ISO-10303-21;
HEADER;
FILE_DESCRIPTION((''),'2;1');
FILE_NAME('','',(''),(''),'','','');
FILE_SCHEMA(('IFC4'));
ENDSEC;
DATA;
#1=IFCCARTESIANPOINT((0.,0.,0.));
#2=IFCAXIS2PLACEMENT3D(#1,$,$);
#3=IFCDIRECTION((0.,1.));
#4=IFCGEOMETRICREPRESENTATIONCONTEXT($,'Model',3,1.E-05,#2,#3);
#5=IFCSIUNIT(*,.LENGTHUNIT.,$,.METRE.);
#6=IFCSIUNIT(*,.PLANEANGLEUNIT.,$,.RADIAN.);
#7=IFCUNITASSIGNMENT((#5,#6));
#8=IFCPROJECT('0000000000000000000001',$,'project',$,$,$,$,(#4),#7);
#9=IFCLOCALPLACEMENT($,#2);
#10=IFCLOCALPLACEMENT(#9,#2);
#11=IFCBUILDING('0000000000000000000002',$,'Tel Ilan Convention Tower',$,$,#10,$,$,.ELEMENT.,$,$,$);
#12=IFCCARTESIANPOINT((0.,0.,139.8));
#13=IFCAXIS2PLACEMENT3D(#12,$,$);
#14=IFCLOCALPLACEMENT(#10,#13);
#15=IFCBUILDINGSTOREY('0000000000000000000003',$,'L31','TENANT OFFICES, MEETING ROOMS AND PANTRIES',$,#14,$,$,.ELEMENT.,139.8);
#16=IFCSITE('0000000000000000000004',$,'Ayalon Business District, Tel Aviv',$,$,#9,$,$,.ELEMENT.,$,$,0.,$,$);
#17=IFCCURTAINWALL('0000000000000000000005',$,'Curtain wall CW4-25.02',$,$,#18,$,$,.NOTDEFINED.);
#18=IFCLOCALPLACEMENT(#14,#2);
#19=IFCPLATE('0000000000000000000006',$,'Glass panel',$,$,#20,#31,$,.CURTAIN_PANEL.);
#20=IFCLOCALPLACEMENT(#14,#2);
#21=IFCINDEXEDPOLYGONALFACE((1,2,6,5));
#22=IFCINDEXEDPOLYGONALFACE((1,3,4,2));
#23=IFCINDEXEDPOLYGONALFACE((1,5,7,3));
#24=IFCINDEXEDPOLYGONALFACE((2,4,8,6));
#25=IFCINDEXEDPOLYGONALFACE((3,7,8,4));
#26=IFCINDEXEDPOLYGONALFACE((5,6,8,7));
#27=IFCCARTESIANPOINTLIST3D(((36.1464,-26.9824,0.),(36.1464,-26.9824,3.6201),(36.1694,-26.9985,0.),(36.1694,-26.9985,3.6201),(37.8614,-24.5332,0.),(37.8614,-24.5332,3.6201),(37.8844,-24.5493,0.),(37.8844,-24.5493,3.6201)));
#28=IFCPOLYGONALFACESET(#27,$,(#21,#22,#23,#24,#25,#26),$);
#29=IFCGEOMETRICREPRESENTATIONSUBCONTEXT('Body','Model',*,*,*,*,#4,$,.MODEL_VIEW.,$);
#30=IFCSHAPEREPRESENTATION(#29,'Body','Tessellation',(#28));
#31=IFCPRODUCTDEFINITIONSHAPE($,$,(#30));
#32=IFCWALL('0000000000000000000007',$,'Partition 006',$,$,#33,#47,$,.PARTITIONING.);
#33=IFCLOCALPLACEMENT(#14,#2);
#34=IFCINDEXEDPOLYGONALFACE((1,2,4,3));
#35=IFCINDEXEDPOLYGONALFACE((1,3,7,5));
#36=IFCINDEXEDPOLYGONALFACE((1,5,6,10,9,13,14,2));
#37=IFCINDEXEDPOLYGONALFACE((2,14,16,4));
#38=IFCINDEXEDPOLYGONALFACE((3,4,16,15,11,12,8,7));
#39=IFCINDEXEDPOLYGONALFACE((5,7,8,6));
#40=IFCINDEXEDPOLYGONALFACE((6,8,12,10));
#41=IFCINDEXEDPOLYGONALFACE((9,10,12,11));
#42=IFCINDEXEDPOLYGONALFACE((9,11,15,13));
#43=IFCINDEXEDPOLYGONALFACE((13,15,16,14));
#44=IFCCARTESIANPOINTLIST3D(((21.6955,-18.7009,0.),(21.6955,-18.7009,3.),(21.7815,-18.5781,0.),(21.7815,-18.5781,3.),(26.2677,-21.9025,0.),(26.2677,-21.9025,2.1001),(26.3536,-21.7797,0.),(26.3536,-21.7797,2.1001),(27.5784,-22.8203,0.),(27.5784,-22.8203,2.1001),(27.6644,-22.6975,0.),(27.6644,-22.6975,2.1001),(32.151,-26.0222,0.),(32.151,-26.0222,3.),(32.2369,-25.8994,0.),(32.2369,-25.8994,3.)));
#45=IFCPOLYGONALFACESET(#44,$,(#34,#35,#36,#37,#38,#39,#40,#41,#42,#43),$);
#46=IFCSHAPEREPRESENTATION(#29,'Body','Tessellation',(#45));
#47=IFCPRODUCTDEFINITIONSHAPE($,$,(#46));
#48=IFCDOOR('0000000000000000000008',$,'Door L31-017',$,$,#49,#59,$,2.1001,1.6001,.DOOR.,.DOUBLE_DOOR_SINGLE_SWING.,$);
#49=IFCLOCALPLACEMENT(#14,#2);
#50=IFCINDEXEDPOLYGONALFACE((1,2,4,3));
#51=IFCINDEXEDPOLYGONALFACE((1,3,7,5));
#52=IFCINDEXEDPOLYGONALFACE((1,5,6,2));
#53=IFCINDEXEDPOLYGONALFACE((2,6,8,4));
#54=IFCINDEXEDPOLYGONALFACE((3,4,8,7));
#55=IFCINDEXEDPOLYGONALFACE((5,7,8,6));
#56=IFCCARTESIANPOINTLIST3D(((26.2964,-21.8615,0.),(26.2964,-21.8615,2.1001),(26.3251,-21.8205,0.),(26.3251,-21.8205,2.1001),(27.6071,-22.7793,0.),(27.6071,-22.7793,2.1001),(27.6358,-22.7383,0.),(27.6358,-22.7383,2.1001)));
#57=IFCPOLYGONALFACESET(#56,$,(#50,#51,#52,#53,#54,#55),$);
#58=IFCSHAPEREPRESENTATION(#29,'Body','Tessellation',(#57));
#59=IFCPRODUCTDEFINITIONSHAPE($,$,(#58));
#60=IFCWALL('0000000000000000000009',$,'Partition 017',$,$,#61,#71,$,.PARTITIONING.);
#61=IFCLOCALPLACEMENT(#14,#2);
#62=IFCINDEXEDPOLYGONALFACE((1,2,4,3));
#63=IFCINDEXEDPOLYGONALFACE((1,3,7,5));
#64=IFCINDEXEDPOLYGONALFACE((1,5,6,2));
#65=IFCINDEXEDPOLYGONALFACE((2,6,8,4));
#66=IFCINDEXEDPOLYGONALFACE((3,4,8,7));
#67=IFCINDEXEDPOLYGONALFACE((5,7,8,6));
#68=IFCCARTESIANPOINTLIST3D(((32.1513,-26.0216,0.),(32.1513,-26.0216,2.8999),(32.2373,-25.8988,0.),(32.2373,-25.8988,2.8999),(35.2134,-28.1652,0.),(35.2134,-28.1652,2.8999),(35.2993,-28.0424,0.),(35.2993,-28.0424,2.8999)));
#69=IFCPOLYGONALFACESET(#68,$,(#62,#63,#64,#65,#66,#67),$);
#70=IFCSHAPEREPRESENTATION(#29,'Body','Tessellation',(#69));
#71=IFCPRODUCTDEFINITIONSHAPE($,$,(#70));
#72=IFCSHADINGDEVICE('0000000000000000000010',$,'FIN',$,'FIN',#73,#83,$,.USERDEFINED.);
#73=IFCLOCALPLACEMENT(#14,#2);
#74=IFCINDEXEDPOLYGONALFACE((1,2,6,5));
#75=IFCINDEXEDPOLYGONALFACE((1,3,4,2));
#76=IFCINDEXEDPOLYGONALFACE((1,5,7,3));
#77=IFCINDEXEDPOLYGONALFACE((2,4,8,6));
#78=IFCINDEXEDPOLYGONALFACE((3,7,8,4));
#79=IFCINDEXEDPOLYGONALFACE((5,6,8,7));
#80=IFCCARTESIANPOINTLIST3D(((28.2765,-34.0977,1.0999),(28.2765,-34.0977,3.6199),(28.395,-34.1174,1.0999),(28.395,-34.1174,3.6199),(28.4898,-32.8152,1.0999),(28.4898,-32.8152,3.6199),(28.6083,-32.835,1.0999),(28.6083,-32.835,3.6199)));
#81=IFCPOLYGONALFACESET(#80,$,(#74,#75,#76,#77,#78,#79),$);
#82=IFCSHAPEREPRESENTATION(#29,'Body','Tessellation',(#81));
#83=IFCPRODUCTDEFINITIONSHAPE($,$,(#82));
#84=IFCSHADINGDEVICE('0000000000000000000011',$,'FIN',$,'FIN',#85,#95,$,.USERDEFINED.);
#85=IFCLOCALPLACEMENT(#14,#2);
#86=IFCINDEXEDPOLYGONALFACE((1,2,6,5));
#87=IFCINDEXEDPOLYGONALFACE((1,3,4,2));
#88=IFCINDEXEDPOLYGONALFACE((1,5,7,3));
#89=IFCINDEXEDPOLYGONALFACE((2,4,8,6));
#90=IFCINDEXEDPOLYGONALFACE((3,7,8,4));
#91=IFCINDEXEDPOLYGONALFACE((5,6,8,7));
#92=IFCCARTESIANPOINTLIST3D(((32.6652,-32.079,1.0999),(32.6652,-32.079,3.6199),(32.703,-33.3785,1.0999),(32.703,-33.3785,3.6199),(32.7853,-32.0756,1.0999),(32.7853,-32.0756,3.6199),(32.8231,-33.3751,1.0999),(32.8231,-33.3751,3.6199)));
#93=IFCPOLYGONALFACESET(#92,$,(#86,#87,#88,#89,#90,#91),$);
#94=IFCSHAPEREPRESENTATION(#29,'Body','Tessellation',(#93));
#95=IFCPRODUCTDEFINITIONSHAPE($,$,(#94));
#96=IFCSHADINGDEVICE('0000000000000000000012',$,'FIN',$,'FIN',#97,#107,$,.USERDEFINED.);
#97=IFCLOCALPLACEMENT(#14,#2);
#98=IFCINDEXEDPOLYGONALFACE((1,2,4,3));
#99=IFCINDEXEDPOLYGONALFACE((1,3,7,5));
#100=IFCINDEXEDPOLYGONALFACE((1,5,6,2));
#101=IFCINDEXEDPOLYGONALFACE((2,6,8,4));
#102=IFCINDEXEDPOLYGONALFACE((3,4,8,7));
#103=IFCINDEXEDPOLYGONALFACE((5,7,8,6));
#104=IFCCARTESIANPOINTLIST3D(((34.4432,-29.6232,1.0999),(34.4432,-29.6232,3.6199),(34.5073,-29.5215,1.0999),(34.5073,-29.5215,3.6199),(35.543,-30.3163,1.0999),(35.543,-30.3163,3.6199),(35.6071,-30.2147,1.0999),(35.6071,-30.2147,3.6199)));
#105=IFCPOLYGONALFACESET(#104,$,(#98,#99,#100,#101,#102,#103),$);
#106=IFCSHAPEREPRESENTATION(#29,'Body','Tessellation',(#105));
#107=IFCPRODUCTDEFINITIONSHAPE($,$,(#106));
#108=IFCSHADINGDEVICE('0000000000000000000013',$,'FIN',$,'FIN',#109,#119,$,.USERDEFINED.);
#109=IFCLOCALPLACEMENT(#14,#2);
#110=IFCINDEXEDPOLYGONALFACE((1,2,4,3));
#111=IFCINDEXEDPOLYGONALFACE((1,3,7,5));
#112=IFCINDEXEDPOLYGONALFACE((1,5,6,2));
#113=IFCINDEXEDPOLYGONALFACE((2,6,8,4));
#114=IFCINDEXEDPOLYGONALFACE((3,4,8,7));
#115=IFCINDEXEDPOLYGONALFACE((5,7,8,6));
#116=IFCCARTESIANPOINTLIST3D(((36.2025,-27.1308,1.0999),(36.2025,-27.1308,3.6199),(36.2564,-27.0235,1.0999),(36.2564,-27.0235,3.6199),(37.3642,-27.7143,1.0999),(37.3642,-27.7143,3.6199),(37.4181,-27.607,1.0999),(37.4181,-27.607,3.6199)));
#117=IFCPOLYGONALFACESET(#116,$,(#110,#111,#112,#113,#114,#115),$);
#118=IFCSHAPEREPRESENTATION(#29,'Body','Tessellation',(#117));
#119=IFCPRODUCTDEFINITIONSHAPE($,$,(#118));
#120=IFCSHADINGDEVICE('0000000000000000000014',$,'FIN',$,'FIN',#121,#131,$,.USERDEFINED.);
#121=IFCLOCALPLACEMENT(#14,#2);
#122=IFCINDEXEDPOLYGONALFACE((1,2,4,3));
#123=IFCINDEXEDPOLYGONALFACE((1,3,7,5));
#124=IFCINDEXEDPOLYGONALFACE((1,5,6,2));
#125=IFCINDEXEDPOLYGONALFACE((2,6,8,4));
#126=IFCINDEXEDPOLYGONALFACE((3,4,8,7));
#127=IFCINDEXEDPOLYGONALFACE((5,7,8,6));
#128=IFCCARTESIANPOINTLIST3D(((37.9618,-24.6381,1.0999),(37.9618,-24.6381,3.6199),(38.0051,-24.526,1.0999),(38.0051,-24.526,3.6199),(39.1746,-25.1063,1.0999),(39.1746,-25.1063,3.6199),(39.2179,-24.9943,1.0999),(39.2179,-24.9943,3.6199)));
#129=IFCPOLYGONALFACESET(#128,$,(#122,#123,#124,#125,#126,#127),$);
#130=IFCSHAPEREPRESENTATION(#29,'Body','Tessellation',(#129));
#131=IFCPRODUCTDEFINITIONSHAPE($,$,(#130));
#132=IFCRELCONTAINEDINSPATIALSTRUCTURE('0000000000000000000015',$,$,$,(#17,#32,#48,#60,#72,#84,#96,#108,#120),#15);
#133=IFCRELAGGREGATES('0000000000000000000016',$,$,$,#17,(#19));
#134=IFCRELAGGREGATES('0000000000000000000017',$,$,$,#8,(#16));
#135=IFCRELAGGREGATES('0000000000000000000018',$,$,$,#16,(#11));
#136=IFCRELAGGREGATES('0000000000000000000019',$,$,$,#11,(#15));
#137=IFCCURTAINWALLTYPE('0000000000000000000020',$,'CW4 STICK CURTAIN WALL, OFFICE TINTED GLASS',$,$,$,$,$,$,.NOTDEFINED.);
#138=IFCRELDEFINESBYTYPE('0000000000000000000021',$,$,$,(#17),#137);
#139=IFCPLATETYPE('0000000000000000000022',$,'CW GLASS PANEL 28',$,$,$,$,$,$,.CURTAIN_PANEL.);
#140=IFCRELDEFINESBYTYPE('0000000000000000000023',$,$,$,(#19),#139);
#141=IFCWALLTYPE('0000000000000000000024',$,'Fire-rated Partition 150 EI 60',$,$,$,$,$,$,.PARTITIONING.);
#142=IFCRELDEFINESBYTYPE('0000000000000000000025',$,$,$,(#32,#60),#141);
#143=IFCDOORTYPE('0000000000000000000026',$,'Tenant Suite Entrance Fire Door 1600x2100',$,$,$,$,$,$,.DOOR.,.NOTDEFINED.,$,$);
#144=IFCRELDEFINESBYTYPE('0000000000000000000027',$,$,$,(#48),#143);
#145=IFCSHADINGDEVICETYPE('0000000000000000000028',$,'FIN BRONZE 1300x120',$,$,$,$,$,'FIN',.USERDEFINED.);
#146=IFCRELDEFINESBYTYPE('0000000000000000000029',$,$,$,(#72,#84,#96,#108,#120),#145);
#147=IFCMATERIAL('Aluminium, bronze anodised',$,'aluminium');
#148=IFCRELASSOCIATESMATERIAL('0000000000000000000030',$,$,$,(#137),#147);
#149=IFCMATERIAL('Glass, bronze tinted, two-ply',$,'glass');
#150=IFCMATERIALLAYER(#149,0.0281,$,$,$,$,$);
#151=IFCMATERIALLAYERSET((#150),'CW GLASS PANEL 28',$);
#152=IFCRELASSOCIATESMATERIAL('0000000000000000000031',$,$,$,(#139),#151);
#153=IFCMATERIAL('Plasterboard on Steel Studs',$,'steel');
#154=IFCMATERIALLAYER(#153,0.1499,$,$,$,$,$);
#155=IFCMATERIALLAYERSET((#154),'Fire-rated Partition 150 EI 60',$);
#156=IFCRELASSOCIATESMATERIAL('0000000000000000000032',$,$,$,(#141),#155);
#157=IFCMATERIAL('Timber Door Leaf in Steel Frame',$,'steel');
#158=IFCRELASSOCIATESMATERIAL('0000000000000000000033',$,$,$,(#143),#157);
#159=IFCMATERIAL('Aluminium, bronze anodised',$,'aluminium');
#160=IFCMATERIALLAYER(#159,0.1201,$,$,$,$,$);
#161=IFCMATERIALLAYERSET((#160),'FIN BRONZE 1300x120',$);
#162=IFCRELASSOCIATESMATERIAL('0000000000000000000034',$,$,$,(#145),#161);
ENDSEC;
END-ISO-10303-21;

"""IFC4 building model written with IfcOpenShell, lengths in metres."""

from ifc_helpers import new_model, si_unit, direction, frame, frame_2d, origin, origin_2d, place, context, subcontext, project, spatial, rectangle, extrude, material, layer, layer_set, type_object, element, fill, aggregate, save


model = new_model("IFC4")

# Units and contexts
model_context = context("Model", 3, precision=1e-05, world=origin(), true_north=direction((0.0, 1.0)))
body_context = subcontext(model_context, "Body", "Model", "MODEL_VIEW")
ifc_project = project(units=[si_unit("LENGTHUNIT", "METRE"), si_unit("PLANEANGLEUNIT", "RADIAN")], contexts=[model_context])

# Site, building, storey
site_placement = place(None, origin())
site = spatial("IfcSite", under=ifc_project, at=site_placement, Name="Ayalon Business District, Tel Aviv", CompositionType="ELEMENT", RefElevation=0.0)
building_placement = place(site_placement, origin())
building = spatial("IfcBuilding", under=site, at=building_placement, Name="Tel Ilan Convention Tower", CompositionType="ELEMENT")
storey_placement = place(building_placement, frame((0.0, 0.0, 139.8)))
storey = spatial("IfcBuildingStorey", under=building, at=storey_placement, Name="L31", Description="TENANT OFFICES, MEETING ROOMS AND PANTRIES", CompositionType="ELEMENT", Elevation=139.8)

# Curtain wall, plate
ifc_material_1 = material(Name="Aluminium, bronze anodised", Category="aluminium")
curtain_wall_type = type_object("IfcCurtainWallType", Name="CW4 STICK CURTAIN WALL, OFFICE TINTED GLASS", PredefinedType="NOTDEFINED", material=ifc_material_1)
curtain_wall_placement = place(storey_placement, origin())
curtain_wall = element("IfcCurtainWall", 1, at=curtain_wall_placement, inside=storey, type_object=curtain_wall_type, Name="Curtain wall CW4-25.02", PredefinedType="NOTDEFINED")
ifc_material_2 = material(Name="Glass, bronze tinted, two-ply", Category="glass")
ifc_layer_1 = layer(ifc_material_2, 0.0281)
ifc_layer_set_1 = layer_set([ifc_layer_1], Name="CW GLASS PANEL 28")
plate_type = type_object("IfcPlateType", Name="CW GLASS PANEL 28", PredefinedType="CURTAIN_PANEL", material=ifc_layer_set_1)
plate_1_placement = place(storey_placement, frame((37.0154, -25.7659, 0.0), z_axis=(0.0, 0.0, 1.0), x_axis=(0.573576, 0.819152, 0.0)))
plate_1 = element("IfcPlate", 2, at=plate_1_placement, type_object=plate_type, Name="Glass panel", PredefinedType="CURTAIN_PANEL", context=body_context, shape_type="SweptSolid", body=[
    extrude(rectangle(XDim=2.99, YDim=0.0281, at=origin_2d()), origin(), (0.0, 0.0, 1.0), 3.6201),
])
aggregate(curtain_wall, [plate_1])

# Wall, opening, door
ifc_material_3 = material(Name="Plasterboard on Steel Studs", Category="steel")
ifc_layer_2 = layer(ifc_material_3, 0.1499)
ifc_layer_set_2 = layer_set([ifc_layer_2], Name="Fire-rated Partition 150 EI 60")
wall_type = type_object("IfcWallType", Name="Fire-rated Partition 150 EI 60", PredefinedType="PARTITIONING", material=ifc_layer_set_2)
wall_1_placement = place(storey_placement, frame((32.1938, -25.9607, 0.0), z_axis=(0.0, 0.0, 1.0), x_axis=(-0.819144, 0.573588, 0.0)))
wall_1 = element("IfcWall", 3, at=wall_1_placement, inside=storey, type_object=wall_type, Name="Partition 006", PredefinedType="PARTITIONING", context=body_context, shape_type="SweptSolid", body=[
    extrude(rectangle(XDim=12.7639, YDim=0.1499, at=frame_2d((6.3818, 0.0))), origin(), (0.0, 0.0, 1.0), 3.0),
])
opening_placement = place(wall_1_placement, frame((5.582, 0.0, 0.0)))
opening = element("IfcOpeningElement", 4, at=opening_placement, cuts=wall_1, PredefinedType="OPENING", context=body_context, shape_type="SweptSolid", body=[
    extrude(rectangle(XDim=1.6001, YDim=2.1001, at=frame_2d((0.8, 1.05))), frame((0.0, 0.085, 0.0), z_axis=(0.0, -1.0, 0.0), x_axis=(1.0, 0.0, 0.0)), (0.0, 0.0, 1.0), 0.1699),
])
ifc_material_4 = material(Name="Timber Door Leaf in Steel Frame", Category="steel")
door_type = type_object("IfcDoorType", Name="Tenant Suite Entrance Fire Door 1600x2100", OperationType="NOTDEFINED", PredefinedType="DOOR", material=ifc_material_4)
door_placement = place(opening_placement, origin())
door = element("IfcDoor", 5, at=door_placement, inside=storey, type_object=door_type, Name="Door L31-017", OperationType="DOUBLE_DOOR_SINGLE_SWING", OverallHeight=2.1001, OverallWidth=1.6001, PredefinedType="DOOR", context=body_context, shape_type="SweptSolid", body=[
    extrude(rectangle(XDim=1.6001, YDim=2.1001, at=frame_2d((0.8, 1.05))), frame((0.0, 0.0249, 0.0), z_axis=(0.0, -1.0, 0.0), x_axis=(1.0, 0.0, 0.0)), (0.0, 0.0, 1.0), 0.05),
])
fill(opening, door)

# Wall
wall_2_placement = place(storey_placement, frame((35.2563, -28.1038, 0.0), z_axis=(0.0, 0.0, 1.0), x_axis=(-0.819214, 0.573489, 0.0)))
element("IfcWall", 6, at=wall_2_placement, inside=storey, type_object=wall_type, Name="Partition 017", PredefinedType="PARTITIONING", context=body_context, shape_type="SweptSolid", body=[
    extrude(rectangle(XDim=3.7378, YDim=0.1499, at=frame_2d((1.8689, 0.0))), origin(), (0.0, 0.0, 1.0), 2.8999),
])

# Shading devices
ifc_material_5 = material(Name="Aluminium, bronze anodised", Category="aluminium")
ifc_layer_3 = layer(ifc_material_5, 0.1201)
ifc_layer_set_3 = layer_set([ifc_layer_3], Name="FIN BRONZE 1300x120")
shading_device_type = type_object("IfcShadingDeviceType", Name="FIN BRONZE 1300x120", ElementType="FIN", PredefinedType="USERDEFINED", material=ifc_layer_set_3)
for number, where, z_axis, x_axis, name in (
    (7, (28.4424, -33.4663, 1.0999), (0.0, 0.0, 1.0), (-0.164091, -0.986445, 0.0), "FIN"),
    (8, (32.7441, -32.7271, 1.0999), (0.0, 0.0, 1.0), (0.029085, -0.999577, 0.0), "FIN"),
    (9, (35.0251, -29.9189, 1.0999), (0.0, 0.0, 1.0), (0.845986, -0.533204, 0.0), "FIN"),
    (10, (36.8103, -27.3689, 1.0999), (0.0, 0.0, 1.0), (0.893633, -0.448799, 0.0), "FIN"),
    (11, (38.5898, -24.8162, 1.0999), (0.0, 0.0, 1.0), (0.932884, -0.360178, 0.0), "FIN"),
):
    element("IfcShadingDevice", number, at=place(storey_placement, frame(where, z_axis=z_axis, x_axis=x_axis)), inside=storey, type_object=shading_device_type, Name=name, ObjectType="FIN", PredefinedType="USERDEFINED", context=body_context, shape_type="SweptSolid", body=[
        extrude(rectangle(XDim=1.3, YDim=0.1201, at=origin_2d()), origin(), (0.0, 0.0, 1.0), 2.52),
    ])

save(model, "model.ifc")
